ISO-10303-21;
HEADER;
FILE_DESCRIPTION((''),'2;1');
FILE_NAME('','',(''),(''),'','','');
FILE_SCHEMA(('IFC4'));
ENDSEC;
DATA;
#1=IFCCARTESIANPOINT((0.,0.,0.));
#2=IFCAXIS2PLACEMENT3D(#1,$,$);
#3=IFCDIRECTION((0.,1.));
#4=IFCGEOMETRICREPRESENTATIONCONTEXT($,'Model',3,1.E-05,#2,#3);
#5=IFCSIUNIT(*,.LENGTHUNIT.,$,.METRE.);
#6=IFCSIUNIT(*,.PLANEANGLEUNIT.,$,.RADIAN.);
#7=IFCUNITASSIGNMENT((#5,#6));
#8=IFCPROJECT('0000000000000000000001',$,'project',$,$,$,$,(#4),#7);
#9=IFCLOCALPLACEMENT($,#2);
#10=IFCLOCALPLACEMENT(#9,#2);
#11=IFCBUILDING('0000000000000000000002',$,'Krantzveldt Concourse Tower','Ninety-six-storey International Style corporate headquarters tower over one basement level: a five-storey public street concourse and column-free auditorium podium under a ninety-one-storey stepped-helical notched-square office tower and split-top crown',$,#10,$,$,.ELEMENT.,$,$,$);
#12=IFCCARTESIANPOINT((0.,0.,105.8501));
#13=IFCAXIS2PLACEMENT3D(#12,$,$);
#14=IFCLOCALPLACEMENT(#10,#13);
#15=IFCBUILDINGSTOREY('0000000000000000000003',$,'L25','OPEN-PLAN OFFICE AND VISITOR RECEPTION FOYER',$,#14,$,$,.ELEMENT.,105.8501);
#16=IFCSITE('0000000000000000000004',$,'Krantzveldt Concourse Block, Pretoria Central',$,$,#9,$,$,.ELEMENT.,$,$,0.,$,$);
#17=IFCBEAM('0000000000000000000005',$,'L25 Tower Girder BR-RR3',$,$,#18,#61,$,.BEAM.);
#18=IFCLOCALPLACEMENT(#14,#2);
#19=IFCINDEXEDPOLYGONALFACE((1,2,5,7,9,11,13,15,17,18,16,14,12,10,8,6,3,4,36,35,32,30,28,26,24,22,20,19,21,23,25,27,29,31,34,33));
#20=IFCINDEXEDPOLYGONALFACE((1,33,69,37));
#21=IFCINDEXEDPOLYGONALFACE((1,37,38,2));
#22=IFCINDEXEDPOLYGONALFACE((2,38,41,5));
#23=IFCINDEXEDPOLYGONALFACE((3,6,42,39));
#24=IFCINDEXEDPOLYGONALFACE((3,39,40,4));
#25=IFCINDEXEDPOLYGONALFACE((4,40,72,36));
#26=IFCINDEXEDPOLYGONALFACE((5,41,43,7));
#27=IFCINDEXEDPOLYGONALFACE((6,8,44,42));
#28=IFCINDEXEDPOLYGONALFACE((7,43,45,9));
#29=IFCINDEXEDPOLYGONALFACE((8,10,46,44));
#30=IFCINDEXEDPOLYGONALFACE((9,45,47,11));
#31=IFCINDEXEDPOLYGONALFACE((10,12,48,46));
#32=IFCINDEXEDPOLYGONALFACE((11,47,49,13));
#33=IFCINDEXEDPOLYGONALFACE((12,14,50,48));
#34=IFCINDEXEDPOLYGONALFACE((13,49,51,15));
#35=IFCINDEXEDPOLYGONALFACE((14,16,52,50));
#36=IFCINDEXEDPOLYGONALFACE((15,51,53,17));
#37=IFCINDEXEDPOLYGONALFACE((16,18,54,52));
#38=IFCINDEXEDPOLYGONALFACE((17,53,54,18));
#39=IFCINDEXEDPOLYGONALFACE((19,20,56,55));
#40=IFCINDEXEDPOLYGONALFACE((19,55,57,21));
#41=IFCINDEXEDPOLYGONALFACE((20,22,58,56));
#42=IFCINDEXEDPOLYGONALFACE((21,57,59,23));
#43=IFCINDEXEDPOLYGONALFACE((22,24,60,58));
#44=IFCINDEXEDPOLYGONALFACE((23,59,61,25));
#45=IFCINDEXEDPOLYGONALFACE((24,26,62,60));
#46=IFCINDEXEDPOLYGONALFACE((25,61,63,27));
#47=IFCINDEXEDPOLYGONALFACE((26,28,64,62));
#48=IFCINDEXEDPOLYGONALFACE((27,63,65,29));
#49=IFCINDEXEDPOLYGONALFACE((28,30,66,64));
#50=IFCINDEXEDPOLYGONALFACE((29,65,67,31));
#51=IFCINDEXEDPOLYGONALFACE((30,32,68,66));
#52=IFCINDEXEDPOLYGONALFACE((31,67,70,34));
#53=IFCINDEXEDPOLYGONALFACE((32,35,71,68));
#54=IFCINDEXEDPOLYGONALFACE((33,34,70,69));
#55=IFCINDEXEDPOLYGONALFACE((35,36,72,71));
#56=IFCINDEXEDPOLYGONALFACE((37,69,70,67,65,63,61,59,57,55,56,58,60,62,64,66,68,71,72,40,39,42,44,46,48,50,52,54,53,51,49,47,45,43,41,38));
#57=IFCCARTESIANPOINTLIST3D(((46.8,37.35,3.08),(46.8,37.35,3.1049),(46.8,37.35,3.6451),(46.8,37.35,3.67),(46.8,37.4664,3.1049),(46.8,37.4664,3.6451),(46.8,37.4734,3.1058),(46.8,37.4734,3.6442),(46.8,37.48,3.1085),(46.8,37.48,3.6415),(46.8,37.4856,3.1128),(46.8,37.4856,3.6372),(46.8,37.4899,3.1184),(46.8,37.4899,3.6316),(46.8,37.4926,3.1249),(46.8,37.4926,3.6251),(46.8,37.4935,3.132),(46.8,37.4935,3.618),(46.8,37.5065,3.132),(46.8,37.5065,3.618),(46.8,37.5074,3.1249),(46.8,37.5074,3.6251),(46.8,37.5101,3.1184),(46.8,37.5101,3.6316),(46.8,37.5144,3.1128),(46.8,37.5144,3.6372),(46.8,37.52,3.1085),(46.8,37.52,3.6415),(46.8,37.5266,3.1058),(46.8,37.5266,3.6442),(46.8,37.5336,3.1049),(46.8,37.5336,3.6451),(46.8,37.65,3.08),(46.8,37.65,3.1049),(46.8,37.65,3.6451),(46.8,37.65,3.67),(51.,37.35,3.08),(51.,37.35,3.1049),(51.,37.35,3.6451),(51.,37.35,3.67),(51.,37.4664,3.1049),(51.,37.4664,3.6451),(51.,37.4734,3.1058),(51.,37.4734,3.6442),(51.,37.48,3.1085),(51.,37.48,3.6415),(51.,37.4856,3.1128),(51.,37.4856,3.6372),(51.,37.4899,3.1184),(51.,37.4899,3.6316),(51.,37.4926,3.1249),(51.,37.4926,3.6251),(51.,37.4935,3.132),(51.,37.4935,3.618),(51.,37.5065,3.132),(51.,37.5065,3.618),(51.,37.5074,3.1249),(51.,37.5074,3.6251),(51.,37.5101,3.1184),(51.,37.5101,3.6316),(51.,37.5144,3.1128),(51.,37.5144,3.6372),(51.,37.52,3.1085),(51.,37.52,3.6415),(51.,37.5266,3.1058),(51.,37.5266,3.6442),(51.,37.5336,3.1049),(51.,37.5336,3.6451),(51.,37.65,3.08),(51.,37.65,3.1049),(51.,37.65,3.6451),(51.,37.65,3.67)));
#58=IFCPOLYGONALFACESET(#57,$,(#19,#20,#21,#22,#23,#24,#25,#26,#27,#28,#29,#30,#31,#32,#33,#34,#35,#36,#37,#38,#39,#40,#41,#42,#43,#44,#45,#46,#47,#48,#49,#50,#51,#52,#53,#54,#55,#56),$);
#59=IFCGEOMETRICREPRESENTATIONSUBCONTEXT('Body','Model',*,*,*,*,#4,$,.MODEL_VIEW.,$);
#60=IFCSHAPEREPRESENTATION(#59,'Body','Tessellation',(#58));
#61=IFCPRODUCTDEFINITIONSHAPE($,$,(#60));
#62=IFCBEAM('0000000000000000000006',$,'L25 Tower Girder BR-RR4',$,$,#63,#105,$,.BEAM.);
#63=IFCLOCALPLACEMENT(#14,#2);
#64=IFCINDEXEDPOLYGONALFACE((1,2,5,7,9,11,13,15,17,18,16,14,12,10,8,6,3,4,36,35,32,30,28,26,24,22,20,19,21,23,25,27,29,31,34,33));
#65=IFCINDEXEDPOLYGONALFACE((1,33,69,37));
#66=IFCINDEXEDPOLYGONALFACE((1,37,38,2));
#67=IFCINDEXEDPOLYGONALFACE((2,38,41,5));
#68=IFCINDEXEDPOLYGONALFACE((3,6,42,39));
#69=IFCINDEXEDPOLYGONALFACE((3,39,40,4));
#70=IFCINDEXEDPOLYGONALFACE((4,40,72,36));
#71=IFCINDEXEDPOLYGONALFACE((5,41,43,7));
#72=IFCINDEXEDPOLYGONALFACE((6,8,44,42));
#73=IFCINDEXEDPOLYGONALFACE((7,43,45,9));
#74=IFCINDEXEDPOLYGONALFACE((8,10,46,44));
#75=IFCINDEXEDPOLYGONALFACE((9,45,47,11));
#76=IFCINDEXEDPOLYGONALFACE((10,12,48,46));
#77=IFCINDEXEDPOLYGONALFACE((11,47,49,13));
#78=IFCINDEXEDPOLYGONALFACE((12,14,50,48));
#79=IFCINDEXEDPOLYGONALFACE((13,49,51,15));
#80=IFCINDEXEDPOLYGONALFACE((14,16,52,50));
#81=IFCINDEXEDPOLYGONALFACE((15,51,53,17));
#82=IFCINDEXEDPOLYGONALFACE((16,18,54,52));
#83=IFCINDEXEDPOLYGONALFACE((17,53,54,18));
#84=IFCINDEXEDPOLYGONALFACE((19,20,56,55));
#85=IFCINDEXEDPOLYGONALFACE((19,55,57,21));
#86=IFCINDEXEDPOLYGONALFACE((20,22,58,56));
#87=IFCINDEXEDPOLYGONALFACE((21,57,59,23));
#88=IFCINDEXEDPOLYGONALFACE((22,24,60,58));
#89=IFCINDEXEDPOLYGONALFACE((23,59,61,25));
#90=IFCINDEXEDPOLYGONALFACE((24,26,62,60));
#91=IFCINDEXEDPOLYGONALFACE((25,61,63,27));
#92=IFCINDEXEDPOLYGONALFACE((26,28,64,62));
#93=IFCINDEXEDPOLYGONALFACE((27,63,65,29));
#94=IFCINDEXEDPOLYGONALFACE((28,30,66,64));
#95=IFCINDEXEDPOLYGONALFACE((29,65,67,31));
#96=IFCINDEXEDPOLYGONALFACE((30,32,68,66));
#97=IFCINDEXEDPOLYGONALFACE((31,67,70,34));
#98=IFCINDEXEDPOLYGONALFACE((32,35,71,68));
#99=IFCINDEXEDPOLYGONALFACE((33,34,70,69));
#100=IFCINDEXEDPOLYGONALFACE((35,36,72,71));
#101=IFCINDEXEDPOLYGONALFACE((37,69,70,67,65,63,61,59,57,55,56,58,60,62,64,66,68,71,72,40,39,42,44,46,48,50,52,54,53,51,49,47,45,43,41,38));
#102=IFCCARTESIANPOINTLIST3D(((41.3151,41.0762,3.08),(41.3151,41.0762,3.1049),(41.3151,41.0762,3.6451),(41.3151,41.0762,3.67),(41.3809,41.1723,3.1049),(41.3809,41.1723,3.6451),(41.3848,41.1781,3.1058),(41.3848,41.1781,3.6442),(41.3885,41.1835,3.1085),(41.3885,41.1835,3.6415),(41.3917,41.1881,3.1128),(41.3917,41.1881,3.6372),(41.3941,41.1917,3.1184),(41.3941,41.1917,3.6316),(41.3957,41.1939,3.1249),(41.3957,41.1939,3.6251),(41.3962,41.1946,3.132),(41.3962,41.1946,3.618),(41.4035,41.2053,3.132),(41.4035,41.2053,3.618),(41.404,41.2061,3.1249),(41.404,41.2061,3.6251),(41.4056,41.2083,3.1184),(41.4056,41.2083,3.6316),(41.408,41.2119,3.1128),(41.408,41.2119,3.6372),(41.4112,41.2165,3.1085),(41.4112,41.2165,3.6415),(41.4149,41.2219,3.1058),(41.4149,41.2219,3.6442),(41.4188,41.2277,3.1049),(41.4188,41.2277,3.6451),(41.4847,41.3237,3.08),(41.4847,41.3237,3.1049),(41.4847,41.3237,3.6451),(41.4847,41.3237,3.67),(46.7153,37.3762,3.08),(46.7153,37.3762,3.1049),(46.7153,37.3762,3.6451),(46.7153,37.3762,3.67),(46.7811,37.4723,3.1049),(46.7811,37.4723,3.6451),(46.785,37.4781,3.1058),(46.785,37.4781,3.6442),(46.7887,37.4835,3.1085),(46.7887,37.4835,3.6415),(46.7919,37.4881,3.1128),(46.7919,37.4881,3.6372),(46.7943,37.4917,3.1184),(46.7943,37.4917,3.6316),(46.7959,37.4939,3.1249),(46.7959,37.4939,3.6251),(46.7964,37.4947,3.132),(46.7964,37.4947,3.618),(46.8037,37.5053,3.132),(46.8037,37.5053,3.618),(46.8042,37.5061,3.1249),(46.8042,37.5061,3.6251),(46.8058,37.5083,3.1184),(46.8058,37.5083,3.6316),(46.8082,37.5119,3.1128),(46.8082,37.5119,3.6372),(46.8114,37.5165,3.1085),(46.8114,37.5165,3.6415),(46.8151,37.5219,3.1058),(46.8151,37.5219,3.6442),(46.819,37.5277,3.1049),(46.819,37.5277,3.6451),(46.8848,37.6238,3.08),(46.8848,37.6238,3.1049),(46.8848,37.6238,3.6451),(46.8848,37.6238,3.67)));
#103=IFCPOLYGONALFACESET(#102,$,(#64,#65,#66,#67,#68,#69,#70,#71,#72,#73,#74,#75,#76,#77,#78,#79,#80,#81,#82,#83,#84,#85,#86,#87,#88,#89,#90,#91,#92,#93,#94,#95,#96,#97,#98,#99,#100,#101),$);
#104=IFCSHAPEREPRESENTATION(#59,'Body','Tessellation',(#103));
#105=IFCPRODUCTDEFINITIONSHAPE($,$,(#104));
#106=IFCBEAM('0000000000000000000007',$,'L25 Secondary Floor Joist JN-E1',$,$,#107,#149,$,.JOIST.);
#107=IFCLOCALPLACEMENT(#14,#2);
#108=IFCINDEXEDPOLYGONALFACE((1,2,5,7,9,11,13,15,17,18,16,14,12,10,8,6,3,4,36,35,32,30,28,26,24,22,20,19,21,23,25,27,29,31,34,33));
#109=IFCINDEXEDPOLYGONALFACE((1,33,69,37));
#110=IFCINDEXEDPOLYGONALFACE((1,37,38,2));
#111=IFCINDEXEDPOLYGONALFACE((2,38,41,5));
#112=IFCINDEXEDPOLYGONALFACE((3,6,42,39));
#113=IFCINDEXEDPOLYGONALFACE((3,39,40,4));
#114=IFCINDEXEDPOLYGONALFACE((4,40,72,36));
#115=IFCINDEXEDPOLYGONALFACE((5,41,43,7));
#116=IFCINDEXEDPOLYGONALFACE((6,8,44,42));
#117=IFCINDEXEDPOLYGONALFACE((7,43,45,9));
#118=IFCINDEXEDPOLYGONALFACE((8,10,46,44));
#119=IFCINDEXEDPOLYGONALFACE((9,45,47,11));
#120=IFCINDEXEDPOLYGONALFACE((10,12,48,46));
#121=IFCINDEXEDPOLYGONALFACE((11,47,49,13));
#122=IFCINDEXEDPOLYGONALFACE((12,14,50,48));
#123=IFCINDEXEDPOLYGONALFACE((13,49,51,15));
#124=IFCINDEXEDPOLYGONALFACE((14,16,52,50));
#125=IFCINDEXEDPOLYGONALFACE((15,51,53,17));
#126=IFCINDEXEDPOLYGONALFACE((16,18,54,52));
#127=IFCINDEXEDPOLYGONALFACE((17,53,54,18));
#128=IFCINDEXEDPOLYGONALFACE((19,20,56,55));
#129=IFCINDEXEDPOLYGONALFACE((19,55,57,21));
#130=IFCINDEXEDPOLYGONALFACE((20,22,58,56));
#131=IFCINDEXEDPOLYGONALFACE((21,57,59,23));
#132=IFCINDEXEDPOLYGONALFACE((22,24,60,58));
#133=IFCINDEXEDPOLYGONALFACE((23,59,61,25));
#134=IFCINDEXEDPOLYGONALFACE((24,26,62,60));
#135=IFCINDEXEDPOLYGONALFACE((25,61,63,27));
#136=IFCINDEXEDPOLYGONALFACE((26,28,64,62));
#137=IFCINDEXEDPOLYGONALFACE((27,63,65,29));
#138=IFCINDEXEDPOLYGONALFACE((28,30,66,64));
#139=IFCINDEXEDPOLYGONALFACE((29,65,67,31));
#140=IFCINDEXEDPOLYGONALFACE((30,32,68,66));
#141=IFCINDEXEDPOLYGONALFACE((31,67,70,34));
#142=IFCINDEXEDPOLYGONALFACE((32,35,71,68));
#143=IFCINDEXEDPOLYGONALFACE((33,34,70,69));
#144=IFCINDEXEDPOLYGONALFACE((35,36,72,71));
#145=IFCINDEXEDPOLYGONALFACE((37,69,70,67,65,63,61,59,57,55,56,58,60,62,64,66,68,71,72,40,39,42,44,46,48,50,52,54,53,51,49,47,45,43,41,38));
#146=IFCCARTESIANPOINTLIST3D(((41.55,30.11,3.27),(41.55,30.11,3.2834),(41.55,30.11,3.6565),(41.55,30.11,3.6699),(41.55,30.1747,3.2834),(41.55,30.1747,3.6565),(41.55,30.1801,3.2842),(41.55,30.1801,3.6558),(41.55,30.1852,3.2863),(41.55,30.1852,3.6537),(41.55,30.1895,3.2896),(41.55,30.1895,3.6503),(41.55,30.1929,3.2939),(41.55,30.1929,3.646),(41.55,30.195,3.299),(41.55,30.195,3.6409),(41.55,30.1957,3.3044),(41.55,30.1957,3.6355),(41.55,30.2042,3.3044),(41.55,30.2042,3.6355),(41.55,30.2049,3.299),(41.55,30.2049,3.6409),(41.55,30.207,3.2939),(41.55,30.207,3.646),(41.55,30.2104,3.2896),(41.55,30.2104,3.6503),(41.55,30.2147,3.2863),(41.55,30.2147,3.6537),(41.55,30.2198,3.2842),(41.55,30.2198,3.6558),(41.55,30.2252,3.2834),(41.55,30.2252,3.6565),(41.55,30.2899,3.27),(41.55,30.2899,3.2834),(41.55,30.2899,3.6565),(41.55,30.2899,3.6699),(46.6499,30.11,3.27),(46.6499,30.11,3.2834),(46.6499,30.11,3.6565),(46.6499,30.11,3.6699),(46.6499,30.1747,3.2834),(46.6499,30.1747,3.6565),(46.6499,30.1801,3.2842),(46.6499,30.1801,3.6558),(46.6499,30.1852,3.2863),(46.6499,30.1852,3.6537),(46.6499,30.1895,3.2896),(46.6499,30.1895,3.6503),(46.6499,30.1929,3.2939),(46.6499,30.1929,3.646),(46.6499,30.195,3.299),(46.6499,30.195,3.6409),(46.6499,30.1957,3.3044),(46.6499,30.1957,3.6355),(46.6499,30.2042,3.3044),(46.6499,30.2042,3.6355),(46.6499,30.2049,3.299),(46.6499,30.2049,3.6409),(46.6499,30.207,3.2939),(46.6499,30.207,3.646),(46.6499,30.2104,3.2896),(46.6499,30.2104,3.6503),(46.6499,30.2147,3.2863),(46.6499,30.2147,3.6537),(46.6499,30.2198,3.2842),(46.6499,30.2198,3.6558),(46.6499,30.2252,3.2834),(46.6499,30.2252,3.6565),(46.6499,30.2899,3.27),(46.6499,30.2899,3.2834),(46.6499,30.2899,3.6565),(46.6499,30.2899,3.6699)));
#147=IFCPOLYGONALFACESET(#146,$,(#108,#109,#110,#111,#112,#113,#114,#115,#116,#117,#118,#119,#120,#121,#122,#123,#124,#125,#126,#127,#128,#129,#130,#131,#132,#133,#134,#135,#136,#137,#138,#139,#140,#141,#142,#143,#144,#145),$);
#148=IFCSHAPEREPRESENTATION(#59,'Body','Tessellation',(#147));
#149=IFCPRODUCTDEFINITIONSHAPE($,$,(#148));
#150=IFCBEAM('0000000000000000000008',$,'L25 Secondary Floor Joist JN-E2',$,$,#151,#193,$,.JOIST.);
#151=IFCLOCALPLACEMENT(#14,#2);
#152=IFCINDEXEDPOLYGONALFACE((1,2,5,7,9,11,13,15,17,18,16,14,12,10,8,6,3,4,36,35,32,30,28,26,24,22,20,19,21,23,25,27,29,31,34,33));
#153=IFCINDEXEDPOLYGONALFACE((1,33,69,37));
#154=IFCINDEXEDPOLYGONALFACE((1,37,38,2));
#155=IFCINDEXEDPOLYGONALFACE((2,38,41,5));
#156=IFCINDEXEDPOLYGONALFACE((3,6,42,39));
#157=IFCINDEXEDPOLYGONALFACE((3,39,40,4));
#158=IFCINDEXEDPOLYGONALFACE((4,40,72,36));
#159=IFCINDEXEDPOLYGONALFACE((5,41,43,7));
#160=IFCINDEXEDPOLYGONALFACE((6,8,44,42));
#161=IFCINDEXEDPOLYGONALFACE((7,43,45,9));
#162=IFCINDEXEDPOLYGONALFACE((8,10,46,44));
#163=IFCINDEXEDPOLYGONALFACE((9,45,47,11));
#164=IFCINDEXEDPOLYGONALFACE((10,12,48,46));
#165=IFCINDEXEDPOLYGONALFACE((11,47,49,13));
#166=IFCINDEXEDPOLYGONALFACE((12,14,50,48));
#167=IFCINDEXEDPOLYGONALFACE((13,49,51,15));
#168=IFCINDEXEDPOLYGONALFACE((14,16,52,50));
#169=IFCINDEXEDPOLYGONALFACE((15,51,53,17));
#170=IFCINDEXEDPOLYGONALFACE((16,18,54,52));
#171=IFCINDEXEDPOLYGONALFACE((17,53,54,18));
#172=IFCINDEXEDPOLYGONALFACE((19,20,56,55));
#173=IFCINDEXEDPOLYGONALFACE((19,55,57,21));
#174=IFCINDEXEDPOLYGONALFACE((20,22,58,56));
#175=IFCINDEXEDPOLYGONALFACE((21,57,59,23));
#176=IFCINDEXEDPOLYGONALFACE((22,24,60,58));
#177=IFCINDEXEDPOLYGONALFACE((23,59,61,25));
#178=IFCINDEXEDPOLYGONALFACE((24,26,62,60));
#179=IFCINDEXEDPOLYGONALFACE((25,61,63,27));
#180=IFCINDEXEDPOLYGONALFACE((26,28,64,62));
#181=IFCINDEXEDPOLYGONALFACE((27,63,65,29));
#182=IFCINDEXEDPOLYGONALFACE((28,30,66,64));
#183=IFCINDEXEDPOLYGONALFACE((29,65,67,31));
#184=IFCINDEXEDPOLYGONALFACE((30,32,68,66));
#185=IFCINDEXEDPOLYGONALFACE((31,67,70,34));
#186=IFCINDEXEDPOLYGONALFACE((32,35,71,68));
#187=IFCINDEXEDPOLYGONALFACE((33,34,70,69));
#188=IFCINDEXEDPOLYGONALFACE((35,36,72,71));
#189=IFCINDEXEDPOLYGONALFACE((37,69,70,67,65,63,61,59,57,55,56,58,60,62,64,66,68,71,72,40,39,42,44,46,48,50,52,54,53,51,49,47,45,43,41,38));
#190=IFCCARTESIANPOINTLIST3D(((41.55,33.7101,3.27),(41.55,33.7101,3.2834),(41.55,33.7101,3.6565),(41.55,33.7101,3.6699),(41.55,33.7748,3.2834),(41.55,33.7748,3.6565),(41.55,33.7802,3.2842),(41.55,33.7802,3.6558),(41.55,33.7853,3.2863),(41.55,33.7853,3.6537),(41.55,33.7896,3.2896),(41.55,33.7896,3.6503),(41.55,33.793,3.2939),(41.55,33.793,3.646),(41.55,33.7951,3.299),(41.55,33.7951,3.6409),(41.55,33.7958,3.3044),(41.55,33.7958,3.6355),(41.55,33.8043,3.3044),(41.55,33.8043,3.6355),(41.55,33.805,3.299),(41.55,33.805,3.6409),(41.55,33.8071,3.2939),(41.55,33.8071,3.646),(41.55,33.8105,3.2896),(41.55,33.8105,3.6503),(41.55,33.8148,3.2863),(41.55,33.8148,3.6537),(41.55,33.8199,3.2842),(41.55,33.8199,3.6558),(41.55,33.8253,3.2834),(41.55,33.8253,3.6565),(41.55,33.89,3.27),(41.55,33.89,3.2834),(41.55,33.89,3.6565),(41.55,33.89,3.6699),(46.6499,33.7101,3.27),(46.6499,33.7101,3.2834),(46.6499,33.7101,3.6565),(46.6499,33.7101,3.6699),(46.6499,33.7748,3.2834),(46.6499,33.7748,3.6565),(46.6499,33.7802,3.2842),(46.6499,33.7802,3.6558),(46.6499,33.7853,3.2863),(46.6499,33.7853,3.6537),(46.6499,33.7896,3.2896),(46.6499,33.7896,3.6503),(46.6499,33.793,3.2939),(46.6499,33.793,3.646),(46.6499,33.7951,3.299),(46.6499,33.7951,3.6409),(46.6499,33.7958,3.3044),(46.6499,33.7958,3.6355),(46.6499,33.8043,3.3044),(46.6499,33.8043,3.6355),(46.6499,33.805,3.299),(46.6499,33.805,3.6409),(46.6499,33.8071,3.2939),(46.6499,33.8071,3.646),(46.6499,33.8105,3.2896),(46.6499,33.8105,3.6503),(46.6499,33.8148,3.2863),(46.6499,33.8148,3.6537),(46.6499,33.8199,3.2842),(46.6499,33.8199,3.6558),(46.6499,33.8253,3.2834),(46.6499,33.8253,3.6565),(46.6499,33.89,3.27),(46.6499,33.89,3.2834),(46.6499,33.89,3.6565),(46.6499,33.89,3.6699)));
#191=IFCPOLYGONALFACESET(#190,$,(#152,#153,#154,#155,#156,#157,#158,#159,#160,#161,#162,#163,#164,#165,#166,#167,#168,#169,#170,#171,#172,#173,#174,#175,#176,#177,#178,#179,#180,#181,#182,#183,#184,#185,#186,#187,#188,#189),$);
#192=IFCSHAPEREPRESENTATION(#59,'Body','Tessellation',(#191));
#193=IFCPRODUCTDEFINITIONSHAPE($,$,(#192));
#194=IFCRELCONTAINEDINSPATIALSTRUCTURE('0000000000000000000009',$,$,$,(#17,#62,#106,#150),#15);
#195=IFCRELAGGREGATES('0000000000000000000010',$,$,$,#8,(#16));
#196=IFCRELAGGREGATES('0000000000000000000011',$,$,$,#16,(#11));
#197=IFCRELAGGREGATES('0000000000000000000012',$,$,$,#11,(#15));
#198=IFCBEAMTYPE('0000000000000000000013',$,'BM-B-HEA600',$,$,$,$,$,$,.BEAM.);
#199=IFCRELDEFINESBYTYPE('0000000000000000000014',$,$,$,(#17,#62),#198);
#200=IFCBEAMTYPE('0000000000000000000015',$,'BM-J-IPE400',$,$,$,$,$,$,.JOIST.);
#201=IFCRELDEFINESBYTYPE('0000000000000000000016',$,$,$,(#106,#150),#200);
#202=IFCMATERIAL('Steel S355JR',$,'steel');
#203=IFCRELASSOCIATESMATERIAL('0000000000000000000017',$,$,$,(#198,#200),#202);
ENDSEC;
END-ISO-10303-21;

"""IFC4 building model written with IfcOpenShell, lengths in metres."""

from ifc_helpers import new_model, si_unit, direction, frame, origin, origin_2d, place, context, subcontext, project, spatial, i_section, extrude, source, transform, mapped, material, material_profile, profile_set, type_object, type_shapes, element, save


model = new_model("IFC4")

# Units and contexts
model_context = context("Model", 3, precision=1e-05, world=origin(), true_north=direction((0.0, 1.0)))
body_context = subcontext(model_context, "Body", "Model", "MODEL_VIEW")
ifc_project = project(units=[si_unit("LENGTHUNIT", "METRE"), si_unit("PLANEANGLEUNIT", "RADIAN")], contexts=[model_context])

# Site, building, storey
site_placement = place(None, origin())
site = spatial("IfcSite", under=ifc_project, at=site_placement, Name="Krantzveldt Concourse Block, Pretoria Central", CompositionType="ELEMENT", RefElevation=0.0)
building_placement = place(site_placement, origin())
building = spatial("IfcBuilding", under=site, at=building_placement, Name="Krantzveldt Concourse Tower", Description="Ninety-six-storey International Style corporate headquarters tower over one basement level: a five-storey public street concourse and column-free auditorium podium under a ninety-one-storey stepped-helical notched-square office tower and split-top crown", CompositionType="ELEMENT")
storey_placement = place(building_placement, frame((0.0, 0.0, 105.8501)))
storey = spatial("IfcBuildingStorey", under=building, at=storey_placement, Name="L25", Description="OPEN-PLAN OFFICE AND VISITOR RECEPTION FOYER", CompositionType="ELEMENT", Elevation=105.8501)

# Beams
ifc_material_1 = material(Name="Steel S355JR", Category="steel")
ifc_material_profile_1 = material_profile(ifc_material_1, i_section(OverallWidth=0.3, OverallDepth=0.5901, WebThickness=0.0129, FlangeThickness=0.0249, FilletRadius=0.0271, at=origin_2d()), Name="Steel S355JR", Category="steel")
ifc_profile_set_1 = profile_set([ifc_material_profile_1], Name="Steel S355JR - HEA 600")
beam_type_1 = type_object("IfcBeamType", Name="BM-B-HEA600", PredefinedType="BEAM", material=ifc_profile_set_1)
shared_shape_1 = source(origin(), body_context, "Body", "SweptSolid", [
    extrude(i_section(OverallWidth=0.3, OverallDepth=0.5901, WebThickness=0.0129, FlangeThickness=0.0249, FilletRadius=0.0271, at=origin_2d()), origin(), (0.0, 0.0, 1.0), 4.2),
])
beam_1_placement = place(storey_placement, frame((46.8, 37.5, 3.375), z_axis=(1.0, 0.0, 0.0), x_axis=(0.0, 1.0, 0.0)))
element("IfcBeam", 1, at=beam_1_placement, inside=storey, type_object=beam_type_1, Name="L25 Tower Girder BR-RR3", PredefinedType="BEAM", context=body_context, shape_type="MappedRepresentation", body=[
    mapped(shared_shape_1, transform((0.0, 0.0, 0.0), x_axis=(1.0, 0.0, 0.0), y_axis=(0.0, 1.0, 0.0), z_axis=(0.0, 0.0, 1.0), scale=1.0)),
])
shared_shape_2 = source(origin(), body_context, "Body", "SweptSolid", [
    extrude(i_section(OverallWidth=0.3, OverallDepth=0.5901, WebThickness=0.0129, FlangeThickness=0.0249, FilletRadius=0.0271, at=origin_2d()), origin(), (0.0, 0.0, 1.0), 6.5461),
])
beam_2_placement = place(storey_placement, frame((46.8, 37.5, 3.375), z_axis=(-0.824943, 0.565216, 0.0), x_axis=(-0.565216, -0.824943, 0.0)))
element("IfcBeam", 2, at=beam_2_placement, inside=storey, type_object=beam_type_1, Name="L25 Tower Girder BR-RR4", PredefinedType="BEAM", context=body_context, shape_type="MappedRepresentation", body=[
    mapped(shared_shape_2, transform((0.0, 0.0, 0.0), x_axis=(1.0, 0.0, 0.0), y_axis=(0.0, 1.0, 0.0), z_axis=(0.0, 0.0, 1.0), scale=1.0)),
])
ifc_material_profile_2 = material_profile(ifc_material_1, i_section(OverallWidth=0.1799, OverallDepth=0.3999, WebThickness=0.0085, FlangeThickness=0.0134, FilletRadius=0.021, at=origin_2d()), Name="Steel S355JR", Category="steel")
ifc_profile_set_2 = profile_set([ifc_material_profile_2], Name="Steel S355JR - IPE 400")
beam_type_2 = type_object("IfcBeamType", Name="BM-J-IPE400", PredefinedType="JOIST", material=ifc_profile_set_2)
shared_shape_3 = source(origin(), body_context, "Body", "SweptSolid", [
    extrude(i_section(OverallWidth=0.1799, OverallDepth=0.3999, WebThickness=0.0085, FlangeThickness=0.0134, FilletRadius=0.021, at=origin_2d()), origin(), (0.0, 0.0, 1.0), 5.0999),
])
type_shapes(beam_type_2, [shared_shape_3])
for number, where, z_axis, x_axis, name in (
    (3, (41.55, 30.2, 3.47), (1.0, 0.0, 0.0), (0.0, 1.0, 0.0), "L25 Secondary Floor Joist JN-E1"),
    (4, (41.55, 33.8, 3.47), (1.0, 0.0, 0.0), (0.0, 1.0, 0.0), "L25 Secondary Floor Joist JN-E2"),
):
    element("IfcBeam", number, at=place(storey_placement, frame(where, z_axis=z_axis, x_axis=x_axis)), inside=storey, type_object=beam_type_2, Name=name, PredefinedType="JOIST", context=body_context, shape_type="MappedRepresentation", body=[
        mapped(shared_shape_3, transform((0.0, 0.0, 0.0), x_axis=(1.0, 0.0, 0.0), y_axis=(0.0, 1.0, 0.0), z_axis=(0.0, 0.0, 1.0), scale=1.0)),
    ])

save(model, "model.ifc")
